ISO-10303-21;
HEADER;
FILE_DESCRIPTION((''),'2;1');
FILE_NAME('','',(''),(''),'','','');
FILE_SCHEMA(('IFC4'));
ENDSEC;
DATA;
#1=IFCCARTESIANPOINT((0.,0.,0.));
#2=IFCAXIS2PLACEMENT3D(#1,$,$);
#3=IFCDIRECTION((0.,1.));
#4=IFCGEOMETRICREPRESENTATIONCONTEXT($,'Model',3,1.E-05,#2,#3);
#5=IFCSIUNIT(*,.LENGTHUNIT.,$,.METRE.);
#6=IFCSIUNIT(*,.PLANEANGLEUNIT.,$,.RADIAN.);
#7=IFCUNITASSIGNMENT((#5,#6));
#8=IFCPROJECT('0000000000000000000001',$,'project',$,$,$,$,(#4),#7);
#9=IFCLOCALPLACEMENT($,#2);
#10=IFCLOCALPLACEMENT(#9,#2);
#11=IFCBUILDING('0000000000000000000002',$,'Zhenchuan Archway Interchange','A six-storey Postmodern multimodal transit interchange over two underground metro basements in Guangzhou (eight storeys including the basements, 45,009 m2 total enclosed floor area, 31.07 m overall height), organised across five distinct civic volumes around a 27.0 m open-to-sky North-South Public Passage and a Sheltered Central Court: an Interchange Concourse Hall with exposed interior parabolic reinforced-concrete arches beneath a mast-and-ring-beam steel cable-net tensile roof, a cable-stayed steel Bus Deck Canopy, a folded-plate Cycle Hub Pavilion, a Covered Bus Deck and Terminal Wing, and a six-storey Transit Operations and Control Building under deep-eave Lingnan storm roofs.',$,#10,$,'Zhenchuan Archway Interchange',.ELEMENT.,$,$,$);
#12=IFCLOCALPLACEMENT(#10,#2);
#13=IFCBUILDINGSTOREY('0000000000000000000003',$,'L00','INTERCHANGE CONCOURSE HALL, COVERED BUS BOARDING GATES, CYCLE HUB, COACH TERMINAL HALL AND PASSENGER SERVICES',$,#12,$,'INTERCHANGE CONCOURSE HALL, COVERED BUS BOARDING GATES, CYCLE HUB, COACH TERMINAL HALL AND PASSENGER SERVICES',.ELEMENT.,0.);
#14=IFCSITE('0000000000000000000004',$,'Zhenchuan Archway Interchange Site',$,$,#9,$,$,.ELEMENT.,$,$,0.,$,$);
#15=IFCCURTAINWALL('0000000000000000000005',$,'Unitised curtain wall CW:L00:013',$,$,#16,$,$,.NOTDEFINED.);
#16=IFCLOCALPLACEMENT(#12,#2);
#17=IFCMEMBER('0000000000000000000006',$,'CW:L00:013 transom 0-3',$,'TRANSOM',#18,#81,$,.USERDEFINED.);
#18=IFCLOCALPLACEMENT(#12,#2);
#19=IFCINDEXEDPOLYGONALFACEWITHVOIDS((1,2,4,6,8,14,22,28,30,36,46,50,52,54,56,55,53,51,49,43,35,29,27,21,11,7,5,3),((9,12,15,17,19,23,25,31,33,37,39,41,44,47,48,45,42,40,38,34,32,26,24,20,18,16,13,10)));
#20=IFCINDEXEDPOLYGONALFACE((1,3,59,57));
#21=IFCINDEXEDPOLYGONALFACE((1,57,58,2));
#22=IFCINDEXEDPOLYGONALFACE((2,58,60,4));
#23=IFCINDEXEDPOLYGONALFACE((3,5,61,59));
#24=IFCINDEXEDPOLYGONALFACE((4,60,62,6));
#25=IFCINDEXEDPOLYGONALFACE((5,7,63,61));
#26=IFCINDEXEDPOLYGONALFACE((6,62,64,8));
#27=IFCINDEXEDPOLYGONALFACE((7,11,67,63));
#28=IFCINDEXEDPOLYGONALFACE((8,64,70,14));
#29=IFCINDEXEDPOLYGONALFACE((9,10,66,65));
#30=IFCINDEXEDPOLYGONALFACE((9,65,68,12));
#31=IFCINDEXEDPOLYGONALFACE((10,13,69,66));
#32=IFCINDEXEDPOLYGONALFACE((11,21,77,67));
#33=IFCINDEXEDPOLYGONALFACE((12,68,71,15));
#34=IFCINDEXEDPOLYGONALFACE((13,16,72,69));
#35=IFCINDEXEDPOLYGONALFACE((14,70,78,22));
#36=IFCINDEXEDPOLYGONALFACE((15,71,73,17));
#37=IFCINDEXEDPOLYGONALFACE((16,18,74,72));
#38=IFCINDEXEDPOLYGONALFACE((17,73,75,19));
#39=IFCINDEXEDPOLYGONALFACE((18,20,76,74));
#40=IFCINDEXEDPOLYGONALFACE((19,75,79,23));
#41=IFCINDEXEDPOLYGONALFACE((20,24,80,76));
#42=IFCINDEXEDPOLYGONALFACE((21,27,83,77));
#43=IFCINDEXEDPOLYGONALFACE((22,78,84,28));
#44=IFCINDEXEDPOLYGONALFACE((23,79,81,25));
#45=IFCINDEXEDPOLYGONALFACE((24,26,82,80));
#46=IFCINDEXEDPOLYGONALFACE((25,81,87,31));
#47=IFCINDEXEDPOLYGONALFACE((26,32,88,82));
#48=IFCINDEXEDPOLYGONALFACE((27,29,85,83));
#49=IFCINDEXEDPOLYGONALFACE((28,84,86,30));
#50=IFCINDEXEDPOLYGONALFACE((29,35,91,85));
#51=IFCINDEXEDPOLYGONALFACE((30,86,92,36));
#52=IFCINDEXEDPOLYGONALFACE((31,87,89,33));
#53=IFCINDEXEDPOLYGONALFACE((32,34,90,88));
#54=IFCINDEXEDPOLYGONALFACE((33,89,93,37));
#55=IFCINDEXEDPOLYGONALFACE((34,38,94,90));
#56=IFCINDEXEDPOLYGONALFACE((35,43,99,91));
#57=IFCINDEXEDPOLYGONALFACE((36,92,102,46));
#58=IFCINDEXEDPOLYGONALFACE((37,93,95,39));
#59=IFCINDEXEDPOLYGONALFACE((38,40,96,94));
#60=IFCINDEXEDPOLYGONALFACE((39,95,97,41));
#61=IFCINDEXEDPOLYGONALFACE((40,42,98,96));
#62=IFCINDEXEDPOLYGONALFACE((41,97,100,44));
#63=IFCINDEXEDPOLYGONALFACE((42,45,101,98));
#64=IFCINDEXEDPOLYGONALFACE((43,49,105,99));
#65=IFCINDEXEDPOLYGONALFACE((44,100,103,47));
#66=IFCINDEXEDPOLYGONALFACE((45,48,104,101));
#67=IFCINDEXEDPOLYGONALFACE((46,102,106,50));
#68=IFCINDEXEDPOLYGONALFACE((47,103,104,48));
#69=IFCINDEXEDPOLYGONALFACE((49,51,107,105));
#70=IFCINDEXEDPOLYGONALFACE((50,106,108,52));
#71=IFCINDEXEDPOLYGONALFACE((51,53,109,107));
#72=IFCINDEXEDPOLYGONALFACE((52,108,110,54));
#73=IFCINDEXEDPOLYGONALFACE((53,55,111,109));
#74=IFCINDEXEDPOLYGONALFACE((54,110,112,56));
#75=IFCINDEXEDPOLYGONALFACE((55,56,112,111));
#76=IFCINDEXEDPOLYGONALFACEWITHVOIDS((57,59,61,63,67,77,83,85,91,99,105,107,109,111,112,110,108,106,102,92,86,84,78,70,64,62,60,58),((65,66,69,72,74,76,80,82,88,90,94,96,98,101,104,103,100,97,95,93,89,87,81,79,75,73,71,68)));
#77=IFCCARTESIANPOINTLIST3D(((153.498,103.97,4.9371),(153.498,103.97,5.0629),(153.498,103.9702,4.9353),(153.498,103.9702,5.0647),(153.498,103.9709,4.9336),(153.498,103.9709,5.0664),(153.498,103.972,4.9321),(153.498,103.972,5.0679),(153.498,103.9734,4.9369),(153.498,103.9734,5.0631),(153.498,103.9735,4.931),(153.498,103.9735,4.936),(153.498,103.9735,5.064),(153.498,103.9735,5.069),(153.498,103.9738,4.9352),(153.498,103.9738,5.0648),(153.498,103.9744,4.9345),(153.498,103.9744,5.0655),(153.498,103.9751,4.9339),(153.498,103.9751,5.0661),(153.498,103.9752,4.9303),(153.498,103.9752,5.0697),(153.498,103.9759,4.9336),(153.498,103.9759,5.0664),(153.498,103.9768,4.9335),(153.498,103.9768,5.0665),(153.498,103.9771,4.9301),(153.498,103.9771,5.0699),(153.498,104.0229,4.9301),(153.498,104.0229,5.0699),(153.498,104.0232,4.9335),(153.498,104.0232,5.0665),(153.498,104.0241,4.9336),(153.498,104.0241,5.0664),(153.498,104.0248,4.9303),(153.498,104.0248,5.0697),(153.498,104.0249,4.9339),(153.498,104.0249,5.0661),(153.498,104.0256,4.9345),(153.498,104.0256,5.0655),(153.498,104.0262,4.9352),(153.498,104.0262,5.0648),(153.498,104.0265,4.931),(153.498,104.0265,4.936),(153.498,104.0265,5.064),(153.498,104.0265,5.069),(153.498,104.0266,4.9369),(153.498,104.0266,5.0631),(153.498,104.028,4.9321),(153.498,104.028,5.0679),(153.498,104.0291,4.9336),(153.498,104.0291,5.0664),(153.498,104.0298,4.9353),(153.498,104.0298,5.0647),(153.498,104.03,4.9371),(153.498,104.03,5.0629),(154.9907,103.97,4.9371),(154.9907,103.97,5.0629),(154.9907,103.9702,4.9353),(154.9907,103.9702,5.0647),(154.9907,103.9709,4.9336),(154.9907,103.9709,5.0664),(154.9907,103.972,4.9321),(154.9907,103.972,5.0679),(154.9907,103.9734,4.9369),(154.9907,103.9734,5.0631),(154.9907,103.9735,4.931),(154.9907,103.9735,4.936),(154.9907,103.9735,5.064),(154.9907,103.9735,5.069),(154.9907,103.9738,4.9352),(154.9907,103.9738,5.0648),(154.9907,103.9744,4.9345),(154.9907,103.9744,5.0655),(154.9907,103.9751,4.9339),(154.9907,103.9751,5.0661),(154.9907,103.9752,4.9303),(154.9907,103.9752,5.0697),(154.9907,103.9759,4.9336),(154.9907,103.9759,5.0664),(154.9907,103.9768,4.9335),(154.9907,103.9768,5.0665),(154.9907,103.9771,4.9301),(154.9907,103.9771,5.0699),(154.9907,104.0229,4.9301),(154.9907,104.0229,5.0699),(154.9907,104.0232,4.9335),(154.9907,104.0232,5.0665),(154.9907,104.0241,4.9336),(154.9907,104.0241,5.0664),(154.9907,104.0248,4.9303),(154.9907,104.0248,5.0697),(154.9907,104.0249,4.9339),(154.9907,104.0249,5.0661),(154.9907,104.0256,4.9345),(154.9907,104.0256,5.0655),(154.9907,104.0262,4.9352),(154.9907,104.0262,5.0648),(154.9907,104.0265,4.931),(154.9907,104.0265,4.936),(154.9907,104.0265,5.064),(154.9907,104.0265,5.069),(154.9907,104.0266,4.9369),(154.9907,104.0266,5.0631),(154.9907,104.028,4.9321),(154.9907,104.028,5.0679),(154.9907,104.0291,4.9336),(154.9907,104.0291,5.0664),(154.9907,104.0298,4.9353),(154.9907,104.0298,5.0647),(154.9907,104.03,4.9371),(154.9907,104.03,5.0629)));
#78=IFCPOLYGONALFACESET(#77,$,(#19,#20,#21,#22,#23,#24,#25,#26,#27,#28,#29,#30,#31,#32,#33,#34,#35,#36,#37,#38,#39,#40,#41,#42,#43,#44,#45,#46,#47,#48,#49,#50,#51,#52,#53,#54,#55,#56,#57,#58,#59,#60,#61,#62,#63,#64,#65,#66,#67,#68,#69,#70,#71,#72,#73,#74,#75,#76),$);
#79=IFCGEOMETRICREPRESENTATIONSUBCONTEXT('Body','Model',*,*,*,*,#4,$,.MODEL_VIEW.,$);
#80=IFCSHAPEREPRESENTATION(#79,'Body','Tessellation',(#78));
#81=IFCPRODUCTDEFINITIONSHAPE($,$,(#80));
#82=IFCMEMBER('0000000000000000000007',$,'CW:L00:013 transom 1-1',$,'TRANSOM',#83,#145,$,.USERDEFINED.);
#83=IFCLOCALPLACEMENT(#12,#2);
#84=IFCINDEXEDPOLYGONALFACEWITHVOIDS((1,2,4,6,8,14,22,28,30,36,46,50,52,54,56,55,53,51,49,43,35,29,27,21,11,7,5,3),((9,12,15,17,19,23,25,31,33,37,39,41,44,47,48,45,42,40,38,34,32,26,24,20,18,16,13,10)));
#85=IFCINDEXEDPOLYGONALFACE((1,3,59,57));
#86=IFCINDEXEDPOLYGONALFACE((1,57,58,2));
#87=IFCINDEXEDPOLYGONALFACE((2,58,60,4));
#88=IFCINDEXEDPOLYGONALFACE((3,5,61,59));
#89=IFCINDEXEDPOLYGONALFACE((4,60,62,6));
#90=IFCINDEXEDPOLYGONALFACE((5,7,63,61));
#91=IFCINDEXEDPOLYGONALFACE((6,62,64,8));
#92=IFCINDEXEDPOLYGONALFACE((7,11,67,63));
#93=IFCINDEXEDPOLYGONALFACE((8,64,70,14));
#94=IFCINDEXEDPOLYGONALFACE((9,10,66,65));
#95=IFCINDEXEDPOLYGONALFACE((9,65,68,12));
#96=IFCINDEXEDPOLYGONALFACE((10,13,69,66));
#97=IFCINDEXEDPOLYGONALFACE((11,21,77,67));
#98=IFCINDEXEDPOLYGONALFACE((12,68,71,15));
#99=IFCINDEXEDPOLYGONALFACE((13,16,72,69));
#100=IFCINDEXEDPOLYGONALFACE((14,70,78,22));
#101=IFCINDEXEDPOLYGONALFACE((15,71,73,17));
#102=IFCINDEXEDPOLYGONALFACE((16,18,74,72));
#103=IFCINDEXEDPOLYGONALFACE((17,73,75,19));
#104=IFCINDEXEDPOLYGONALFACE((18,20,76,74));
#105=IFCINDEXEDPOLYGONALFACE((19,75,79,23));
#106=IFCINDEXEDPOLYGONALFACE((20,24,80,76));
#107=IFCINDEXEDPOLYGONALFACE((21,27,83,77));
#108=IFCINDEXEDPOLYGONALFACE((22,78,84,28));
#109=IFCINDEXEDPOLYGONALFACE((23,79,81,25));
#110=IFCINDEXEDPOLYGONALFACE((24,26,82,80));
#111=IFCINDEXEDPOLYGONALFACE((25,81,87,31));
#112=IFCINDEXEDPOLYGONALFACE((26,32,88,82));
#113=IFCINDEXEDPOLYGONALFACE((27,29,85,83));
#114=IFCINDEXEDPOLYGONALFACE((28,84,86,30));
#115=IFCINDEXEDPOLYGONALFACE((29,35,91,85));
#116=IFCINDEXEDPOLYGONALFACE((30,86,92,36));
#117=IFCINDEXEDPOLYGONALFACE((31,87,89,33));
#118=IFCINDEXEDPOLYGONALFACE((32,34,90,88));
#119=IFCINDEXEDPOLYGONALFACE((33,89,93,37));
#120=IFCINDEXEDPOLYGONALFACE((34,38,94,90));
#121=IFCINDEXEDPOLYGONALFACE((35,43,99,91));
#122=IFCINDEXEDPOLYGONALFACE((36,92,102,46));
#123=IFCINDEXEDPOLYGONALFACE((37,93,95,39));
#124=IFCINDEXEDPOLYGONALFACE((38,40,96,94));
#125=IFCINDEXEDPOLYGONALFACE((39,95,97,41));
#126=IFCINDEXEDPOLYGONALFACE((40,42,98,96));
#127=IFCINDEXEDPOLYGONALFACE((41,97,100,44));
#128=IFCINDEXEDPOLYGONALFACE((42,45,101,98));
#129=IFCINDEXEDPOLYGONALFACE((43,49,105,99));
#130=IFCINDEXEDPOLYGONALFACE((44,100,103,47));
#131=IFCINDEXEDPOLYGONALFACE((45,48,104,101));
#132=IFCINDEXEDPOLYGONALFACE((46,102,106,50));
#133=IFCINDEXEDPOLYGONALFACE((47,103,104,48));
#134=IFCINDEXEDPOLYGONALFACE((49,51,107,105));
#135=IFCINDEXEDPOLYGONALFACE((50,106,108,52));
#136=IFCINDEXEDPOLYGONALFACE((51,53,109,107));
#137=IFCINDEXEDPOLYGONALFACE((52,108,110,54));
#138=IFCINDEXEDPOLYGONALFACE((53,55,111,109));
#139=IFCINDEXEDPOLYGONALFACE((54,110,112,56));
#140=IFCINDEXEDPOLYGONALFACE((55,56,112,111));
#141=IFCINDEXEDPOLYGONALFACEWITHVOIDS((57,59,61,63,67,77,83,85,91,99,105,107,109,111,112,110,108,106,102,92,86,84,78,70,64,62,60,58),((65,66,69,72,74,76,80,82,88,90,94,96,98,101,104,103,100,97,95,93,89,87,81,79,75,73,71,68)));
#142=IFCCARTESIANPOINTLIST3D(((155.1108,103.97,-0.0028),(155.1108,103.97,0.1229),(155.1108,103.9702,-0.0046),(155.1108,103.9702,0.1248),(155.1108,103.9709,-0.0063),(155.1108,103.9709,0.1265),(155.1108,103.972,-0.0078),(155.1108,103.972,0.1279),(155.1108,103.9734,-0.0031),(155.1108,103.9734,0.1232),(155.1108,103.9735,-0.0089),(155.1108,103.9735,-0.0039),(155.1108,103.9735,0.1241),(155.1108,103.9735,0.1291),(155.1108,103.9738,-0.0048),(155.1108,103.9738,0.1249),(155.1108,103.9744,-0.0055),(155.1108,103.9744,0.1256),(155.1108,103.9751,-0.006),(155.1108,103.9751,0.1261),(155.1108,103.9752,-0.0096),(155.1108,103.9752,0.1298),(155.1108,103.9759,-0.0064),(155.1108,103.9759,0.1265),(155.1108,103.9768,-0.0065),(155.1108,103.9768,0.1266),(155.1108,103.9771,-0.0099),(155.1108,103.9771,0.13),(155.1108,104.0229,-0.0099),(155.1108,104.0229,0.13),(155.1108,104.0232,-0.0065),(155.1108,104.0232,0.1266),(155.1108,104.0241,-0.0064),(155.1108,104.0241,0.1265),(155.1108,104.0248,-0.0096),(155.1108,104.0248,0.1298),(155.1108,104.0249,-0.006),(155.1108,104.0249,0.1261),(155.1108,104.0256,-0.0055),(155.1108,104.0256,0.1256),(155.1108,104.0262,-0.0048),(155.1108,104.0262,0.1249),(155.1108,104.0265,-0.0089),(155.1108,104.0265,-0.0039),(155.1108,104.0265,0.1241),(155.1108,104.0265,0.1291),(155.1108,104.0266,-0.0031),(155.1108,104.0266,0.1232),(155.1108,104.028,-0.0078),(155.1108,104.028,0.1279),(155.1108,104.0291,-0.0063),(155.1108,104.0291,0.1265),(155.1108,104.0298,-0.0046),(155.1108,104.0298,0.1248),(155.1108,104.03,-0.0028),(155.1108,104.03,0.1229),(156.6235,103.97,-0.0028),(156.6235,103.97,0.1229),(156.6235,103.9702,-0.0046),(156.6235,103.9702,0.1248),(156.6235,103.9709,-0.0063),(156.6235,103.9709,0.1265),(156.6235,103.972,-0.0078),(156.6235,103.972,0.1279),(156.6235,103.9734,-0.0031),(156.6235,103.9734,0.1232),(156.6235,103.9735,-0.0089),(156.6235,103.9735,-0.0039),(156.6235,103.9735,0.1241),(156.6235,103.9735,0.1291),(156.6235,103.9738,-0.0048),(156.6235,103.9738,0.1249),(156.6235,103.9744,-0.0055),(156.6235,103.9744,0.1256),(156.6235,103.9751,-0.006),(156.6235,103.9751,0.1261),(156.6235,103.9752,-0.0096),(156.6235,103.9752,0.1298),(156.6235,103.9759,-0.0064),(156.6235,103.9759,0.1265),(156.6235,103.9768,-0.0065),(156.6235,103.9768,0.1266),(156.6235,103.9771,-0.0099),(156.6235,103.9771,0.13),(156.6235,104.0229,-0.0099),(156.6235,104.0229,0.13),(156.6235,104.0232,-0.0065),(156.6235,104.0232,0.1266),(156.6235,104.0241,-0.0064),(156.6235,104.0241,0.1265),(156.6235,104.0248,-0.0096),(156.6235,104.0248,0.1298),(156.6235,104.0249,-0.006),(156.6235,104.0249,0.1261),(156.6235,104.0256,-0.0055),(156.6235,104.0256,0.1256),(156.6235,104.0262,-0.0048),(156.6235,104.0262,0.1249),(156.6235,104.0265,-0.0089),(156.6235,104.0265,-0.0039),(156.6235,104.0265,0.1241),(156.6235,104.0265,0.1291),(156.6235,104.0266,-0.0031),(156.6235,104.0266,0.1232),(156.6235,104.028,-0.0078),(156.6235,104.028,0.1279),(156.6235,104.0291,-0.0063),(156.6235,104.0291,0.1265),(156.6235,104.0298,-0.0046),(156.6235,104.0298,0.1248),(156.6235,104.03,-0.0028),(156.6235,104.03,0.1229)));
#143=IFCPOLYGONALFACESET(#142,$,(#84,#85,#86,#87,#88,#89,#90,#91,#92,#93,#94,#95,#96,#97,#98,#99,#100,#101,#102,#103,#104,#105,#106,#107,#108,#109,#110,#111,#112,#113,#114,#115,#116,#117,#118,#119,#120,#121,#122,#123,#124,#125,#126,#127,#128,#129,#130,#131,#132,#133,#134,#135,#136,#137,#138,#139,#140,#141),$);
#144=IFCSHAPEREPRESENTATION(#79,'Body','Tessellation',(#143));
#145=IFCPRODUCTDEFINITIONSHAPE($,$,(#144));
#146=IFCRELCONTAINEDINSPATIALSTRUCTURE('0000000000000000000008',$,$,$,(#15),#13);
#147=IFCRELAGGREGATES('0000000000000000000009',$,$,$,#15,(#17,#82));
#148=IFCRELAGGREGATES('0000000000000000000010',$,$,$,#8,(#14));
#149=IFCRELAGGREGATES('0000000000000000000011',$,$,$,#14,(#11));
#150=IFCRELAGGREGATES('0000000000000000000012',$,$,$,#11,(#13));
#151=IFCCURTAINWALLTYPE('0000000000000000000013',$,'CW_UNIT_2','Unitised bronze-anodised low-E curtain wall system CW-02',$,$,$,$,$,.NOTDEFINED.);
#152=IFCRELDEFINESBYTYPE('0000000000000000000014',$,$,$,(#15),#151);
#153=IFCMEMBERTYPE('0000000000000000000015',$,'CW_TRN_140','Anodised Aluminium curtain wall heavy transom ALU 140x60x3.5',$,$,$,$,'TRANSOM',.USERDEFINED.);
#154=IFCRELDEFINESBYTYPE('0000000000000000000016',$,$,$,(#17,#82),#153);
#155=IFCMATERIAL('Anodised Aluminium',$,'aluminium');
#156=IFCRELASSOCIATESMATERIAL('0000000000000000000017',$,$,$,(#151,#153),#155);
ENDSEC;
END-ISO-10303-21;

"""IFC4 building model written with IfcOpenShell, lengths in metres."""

from ifc_helpers import new_model, si_unit, direction, frame, origin, origin_2d, place, context, subcontext, project, spatial, hollow_rectangle, extrude, material, material_profile, profile_set, type_object, element, aggregate, save


model = new_model("IFC4")

# Units and contexts
model_context = context("Model", 3, precision=1e-05, world=origin(), true_north=direction((0.0, 1.0)))
body_context = subcontext(model_context, "Body", "Model", "MODEL_VIEW")
ifc_project = project(units=[si_unit("LENGTHUNIT", "METRE"), si_unit("PLANEANGLEUNIT", "RADIAN")], contexts=[model_context])

# Site, building, storey
site_placement = place(None, origin())
site = spatial("IfcSite", under=ifc_project, at=site_placement, Name="Zhenchuan Archway Interchange Site", CompositionType="ELEMENT", RefElevation=0.0)
building_placement = place(site_placement, origin())
building = spatial("IfcBuilding", under=site, at=building_placement, Name="Zhenchuan Archway Interchange", Description="A six-storey Postmodern multimodal transit interchange over two underground metro basements in Guangzhou (eight storeys including the basements, 45,009 m2 total enclosed floor area, 31.07 m overall height), organised across five distinct civic volumes around a 27.0 m open-to-sky North-South Public Passage and a Sheltered Central Court: an Interchange Concourse Hall with exposed interior parabolic reinforced-concrete arches beneath a mast-and-ring-beam steel cable-net tensile roof, a cable-stayed steel Bus Deck Canopy, a folded-plate Cycle Hub Pavilion, a Covered Bus Deck and Terminal Wing, and a six-storey Transit Operations and Control Building under deep-eave Lingnan storm roofs.", LongName="Zhenchuan Archway Interchange", CompositionType="ELEMENT")
storey_placement = place(building_placement, origin())
storey = spatial("IfcBuildingStorey", under=building, at=storey_placement, Name="L00", Description="INTERCHANGE CONCOURSE HALL, COVERED BUS BOARDING GATES, CYCLE HUB, COACH TERMINAL HALL AND PASSENGER SERVICES", LongName="INTERCHANGE CONCOURSE HALL, COVERED BUS BOARDING GATES, CYCLE HUB, COACH TERMINAL HALL AND PASSENGER SERVICES", CompositionType="ELEMENT", Elevation=0.0)

# Curtain wall, members
ifc_material_1 = material(Name="Anodised Aluminium", Category="aluminium")
curtain_wall_type = type_object("IfcCurtainWallType", Name="CW_UNIT_2", Description="Unitised bronze-anodised low-E curtain wall system CW-02", PredefinedType="NOTDEFINED", material=ifc_material_1)
curtain_wall_placement = place(storey_placement, origin())
curtain_wall = element("IfcCurtainWall", 1, at=curtain_wall_placement, inside=storey, type_object=curtain_wall_type, Name="Unitised curtain wall CW:L00:013", PredefinedType="NOTDEFINED")
ifc_material_profile_1 = material_profile(ifc_material_1, hollow_rectangle(XDim=0.0601, YDim=0.1399, WallThickness=0.0034, InnerFilletRadius=0.0034, OuterFilletRadius=0.0071, at=origin_2d()), Name="ALU 140x60x3.5")
ifc_profile_set_1 = profile_set([ifc_material_profile_1], Name="Anodised Aluminium")
member_type_1 = type_object("IfcMemberType", Name="CW_TRN_140", Description="Anodised Aluminium curtain wall heavy transom ALU 140x60x3.5", ElementType="TRANSOM", PredefinedType="USERDEFINED", material=ifc_profile_set_1)
member_1_placement = place(storey_placement, frame((153.498, 104.0, 5.0), z_axis=(1.0, 0.0, 0.0), x_axis=(0.0, 1.0, 0.0)))
member_1 = element("IfcMember", 2, at=member_1_placement, type_object=member_type_1, Name="CW:L00:013 transom 0-3", ObjectType="TRANSOM", PredefinedType="USERDEFINED", context=body_context, shape_type="SweptSolid", body=[
    extrude(hollow_rectangle(XDim=0.0601, YDim=0.1399, WallThickness=0.0034, InnerFilletRadius=0.0034, OuterFilletRadius=0.0071, at=origin_2d()), origin(), (0.0, 0.0, 1.0), 1.4927),
])
member_2_placement = place(storey_placement, frame((155.1108, 104.0, 0.0601), z_axis=(1.0, 0.0, 0.0), x_axis=(0.0, 1.0, 0.0)))
member_2 = element("IfcMember", 3, at=member_2_placement, type_object=member_type_1, Name="CW:L00:013 transom 1-1", ObjectType="TRANSOM", PredefinedType="USERDEFINED", context=body_context, shape_type="SweptSolid", body=[
    extrude(hollow_rectangle(XDim=0.0601, YDim=0.1399, WallThickness=0.0034, InnerFilletRadius=0.0034, OuterFilletRadius=0.0071, at=origin_2d()), origin(), (0.0, 0.0, 1.0), 1.5127),
])

aggregate(curtain_wall, [member_1, member_2])

save(model, "model.ifc")
